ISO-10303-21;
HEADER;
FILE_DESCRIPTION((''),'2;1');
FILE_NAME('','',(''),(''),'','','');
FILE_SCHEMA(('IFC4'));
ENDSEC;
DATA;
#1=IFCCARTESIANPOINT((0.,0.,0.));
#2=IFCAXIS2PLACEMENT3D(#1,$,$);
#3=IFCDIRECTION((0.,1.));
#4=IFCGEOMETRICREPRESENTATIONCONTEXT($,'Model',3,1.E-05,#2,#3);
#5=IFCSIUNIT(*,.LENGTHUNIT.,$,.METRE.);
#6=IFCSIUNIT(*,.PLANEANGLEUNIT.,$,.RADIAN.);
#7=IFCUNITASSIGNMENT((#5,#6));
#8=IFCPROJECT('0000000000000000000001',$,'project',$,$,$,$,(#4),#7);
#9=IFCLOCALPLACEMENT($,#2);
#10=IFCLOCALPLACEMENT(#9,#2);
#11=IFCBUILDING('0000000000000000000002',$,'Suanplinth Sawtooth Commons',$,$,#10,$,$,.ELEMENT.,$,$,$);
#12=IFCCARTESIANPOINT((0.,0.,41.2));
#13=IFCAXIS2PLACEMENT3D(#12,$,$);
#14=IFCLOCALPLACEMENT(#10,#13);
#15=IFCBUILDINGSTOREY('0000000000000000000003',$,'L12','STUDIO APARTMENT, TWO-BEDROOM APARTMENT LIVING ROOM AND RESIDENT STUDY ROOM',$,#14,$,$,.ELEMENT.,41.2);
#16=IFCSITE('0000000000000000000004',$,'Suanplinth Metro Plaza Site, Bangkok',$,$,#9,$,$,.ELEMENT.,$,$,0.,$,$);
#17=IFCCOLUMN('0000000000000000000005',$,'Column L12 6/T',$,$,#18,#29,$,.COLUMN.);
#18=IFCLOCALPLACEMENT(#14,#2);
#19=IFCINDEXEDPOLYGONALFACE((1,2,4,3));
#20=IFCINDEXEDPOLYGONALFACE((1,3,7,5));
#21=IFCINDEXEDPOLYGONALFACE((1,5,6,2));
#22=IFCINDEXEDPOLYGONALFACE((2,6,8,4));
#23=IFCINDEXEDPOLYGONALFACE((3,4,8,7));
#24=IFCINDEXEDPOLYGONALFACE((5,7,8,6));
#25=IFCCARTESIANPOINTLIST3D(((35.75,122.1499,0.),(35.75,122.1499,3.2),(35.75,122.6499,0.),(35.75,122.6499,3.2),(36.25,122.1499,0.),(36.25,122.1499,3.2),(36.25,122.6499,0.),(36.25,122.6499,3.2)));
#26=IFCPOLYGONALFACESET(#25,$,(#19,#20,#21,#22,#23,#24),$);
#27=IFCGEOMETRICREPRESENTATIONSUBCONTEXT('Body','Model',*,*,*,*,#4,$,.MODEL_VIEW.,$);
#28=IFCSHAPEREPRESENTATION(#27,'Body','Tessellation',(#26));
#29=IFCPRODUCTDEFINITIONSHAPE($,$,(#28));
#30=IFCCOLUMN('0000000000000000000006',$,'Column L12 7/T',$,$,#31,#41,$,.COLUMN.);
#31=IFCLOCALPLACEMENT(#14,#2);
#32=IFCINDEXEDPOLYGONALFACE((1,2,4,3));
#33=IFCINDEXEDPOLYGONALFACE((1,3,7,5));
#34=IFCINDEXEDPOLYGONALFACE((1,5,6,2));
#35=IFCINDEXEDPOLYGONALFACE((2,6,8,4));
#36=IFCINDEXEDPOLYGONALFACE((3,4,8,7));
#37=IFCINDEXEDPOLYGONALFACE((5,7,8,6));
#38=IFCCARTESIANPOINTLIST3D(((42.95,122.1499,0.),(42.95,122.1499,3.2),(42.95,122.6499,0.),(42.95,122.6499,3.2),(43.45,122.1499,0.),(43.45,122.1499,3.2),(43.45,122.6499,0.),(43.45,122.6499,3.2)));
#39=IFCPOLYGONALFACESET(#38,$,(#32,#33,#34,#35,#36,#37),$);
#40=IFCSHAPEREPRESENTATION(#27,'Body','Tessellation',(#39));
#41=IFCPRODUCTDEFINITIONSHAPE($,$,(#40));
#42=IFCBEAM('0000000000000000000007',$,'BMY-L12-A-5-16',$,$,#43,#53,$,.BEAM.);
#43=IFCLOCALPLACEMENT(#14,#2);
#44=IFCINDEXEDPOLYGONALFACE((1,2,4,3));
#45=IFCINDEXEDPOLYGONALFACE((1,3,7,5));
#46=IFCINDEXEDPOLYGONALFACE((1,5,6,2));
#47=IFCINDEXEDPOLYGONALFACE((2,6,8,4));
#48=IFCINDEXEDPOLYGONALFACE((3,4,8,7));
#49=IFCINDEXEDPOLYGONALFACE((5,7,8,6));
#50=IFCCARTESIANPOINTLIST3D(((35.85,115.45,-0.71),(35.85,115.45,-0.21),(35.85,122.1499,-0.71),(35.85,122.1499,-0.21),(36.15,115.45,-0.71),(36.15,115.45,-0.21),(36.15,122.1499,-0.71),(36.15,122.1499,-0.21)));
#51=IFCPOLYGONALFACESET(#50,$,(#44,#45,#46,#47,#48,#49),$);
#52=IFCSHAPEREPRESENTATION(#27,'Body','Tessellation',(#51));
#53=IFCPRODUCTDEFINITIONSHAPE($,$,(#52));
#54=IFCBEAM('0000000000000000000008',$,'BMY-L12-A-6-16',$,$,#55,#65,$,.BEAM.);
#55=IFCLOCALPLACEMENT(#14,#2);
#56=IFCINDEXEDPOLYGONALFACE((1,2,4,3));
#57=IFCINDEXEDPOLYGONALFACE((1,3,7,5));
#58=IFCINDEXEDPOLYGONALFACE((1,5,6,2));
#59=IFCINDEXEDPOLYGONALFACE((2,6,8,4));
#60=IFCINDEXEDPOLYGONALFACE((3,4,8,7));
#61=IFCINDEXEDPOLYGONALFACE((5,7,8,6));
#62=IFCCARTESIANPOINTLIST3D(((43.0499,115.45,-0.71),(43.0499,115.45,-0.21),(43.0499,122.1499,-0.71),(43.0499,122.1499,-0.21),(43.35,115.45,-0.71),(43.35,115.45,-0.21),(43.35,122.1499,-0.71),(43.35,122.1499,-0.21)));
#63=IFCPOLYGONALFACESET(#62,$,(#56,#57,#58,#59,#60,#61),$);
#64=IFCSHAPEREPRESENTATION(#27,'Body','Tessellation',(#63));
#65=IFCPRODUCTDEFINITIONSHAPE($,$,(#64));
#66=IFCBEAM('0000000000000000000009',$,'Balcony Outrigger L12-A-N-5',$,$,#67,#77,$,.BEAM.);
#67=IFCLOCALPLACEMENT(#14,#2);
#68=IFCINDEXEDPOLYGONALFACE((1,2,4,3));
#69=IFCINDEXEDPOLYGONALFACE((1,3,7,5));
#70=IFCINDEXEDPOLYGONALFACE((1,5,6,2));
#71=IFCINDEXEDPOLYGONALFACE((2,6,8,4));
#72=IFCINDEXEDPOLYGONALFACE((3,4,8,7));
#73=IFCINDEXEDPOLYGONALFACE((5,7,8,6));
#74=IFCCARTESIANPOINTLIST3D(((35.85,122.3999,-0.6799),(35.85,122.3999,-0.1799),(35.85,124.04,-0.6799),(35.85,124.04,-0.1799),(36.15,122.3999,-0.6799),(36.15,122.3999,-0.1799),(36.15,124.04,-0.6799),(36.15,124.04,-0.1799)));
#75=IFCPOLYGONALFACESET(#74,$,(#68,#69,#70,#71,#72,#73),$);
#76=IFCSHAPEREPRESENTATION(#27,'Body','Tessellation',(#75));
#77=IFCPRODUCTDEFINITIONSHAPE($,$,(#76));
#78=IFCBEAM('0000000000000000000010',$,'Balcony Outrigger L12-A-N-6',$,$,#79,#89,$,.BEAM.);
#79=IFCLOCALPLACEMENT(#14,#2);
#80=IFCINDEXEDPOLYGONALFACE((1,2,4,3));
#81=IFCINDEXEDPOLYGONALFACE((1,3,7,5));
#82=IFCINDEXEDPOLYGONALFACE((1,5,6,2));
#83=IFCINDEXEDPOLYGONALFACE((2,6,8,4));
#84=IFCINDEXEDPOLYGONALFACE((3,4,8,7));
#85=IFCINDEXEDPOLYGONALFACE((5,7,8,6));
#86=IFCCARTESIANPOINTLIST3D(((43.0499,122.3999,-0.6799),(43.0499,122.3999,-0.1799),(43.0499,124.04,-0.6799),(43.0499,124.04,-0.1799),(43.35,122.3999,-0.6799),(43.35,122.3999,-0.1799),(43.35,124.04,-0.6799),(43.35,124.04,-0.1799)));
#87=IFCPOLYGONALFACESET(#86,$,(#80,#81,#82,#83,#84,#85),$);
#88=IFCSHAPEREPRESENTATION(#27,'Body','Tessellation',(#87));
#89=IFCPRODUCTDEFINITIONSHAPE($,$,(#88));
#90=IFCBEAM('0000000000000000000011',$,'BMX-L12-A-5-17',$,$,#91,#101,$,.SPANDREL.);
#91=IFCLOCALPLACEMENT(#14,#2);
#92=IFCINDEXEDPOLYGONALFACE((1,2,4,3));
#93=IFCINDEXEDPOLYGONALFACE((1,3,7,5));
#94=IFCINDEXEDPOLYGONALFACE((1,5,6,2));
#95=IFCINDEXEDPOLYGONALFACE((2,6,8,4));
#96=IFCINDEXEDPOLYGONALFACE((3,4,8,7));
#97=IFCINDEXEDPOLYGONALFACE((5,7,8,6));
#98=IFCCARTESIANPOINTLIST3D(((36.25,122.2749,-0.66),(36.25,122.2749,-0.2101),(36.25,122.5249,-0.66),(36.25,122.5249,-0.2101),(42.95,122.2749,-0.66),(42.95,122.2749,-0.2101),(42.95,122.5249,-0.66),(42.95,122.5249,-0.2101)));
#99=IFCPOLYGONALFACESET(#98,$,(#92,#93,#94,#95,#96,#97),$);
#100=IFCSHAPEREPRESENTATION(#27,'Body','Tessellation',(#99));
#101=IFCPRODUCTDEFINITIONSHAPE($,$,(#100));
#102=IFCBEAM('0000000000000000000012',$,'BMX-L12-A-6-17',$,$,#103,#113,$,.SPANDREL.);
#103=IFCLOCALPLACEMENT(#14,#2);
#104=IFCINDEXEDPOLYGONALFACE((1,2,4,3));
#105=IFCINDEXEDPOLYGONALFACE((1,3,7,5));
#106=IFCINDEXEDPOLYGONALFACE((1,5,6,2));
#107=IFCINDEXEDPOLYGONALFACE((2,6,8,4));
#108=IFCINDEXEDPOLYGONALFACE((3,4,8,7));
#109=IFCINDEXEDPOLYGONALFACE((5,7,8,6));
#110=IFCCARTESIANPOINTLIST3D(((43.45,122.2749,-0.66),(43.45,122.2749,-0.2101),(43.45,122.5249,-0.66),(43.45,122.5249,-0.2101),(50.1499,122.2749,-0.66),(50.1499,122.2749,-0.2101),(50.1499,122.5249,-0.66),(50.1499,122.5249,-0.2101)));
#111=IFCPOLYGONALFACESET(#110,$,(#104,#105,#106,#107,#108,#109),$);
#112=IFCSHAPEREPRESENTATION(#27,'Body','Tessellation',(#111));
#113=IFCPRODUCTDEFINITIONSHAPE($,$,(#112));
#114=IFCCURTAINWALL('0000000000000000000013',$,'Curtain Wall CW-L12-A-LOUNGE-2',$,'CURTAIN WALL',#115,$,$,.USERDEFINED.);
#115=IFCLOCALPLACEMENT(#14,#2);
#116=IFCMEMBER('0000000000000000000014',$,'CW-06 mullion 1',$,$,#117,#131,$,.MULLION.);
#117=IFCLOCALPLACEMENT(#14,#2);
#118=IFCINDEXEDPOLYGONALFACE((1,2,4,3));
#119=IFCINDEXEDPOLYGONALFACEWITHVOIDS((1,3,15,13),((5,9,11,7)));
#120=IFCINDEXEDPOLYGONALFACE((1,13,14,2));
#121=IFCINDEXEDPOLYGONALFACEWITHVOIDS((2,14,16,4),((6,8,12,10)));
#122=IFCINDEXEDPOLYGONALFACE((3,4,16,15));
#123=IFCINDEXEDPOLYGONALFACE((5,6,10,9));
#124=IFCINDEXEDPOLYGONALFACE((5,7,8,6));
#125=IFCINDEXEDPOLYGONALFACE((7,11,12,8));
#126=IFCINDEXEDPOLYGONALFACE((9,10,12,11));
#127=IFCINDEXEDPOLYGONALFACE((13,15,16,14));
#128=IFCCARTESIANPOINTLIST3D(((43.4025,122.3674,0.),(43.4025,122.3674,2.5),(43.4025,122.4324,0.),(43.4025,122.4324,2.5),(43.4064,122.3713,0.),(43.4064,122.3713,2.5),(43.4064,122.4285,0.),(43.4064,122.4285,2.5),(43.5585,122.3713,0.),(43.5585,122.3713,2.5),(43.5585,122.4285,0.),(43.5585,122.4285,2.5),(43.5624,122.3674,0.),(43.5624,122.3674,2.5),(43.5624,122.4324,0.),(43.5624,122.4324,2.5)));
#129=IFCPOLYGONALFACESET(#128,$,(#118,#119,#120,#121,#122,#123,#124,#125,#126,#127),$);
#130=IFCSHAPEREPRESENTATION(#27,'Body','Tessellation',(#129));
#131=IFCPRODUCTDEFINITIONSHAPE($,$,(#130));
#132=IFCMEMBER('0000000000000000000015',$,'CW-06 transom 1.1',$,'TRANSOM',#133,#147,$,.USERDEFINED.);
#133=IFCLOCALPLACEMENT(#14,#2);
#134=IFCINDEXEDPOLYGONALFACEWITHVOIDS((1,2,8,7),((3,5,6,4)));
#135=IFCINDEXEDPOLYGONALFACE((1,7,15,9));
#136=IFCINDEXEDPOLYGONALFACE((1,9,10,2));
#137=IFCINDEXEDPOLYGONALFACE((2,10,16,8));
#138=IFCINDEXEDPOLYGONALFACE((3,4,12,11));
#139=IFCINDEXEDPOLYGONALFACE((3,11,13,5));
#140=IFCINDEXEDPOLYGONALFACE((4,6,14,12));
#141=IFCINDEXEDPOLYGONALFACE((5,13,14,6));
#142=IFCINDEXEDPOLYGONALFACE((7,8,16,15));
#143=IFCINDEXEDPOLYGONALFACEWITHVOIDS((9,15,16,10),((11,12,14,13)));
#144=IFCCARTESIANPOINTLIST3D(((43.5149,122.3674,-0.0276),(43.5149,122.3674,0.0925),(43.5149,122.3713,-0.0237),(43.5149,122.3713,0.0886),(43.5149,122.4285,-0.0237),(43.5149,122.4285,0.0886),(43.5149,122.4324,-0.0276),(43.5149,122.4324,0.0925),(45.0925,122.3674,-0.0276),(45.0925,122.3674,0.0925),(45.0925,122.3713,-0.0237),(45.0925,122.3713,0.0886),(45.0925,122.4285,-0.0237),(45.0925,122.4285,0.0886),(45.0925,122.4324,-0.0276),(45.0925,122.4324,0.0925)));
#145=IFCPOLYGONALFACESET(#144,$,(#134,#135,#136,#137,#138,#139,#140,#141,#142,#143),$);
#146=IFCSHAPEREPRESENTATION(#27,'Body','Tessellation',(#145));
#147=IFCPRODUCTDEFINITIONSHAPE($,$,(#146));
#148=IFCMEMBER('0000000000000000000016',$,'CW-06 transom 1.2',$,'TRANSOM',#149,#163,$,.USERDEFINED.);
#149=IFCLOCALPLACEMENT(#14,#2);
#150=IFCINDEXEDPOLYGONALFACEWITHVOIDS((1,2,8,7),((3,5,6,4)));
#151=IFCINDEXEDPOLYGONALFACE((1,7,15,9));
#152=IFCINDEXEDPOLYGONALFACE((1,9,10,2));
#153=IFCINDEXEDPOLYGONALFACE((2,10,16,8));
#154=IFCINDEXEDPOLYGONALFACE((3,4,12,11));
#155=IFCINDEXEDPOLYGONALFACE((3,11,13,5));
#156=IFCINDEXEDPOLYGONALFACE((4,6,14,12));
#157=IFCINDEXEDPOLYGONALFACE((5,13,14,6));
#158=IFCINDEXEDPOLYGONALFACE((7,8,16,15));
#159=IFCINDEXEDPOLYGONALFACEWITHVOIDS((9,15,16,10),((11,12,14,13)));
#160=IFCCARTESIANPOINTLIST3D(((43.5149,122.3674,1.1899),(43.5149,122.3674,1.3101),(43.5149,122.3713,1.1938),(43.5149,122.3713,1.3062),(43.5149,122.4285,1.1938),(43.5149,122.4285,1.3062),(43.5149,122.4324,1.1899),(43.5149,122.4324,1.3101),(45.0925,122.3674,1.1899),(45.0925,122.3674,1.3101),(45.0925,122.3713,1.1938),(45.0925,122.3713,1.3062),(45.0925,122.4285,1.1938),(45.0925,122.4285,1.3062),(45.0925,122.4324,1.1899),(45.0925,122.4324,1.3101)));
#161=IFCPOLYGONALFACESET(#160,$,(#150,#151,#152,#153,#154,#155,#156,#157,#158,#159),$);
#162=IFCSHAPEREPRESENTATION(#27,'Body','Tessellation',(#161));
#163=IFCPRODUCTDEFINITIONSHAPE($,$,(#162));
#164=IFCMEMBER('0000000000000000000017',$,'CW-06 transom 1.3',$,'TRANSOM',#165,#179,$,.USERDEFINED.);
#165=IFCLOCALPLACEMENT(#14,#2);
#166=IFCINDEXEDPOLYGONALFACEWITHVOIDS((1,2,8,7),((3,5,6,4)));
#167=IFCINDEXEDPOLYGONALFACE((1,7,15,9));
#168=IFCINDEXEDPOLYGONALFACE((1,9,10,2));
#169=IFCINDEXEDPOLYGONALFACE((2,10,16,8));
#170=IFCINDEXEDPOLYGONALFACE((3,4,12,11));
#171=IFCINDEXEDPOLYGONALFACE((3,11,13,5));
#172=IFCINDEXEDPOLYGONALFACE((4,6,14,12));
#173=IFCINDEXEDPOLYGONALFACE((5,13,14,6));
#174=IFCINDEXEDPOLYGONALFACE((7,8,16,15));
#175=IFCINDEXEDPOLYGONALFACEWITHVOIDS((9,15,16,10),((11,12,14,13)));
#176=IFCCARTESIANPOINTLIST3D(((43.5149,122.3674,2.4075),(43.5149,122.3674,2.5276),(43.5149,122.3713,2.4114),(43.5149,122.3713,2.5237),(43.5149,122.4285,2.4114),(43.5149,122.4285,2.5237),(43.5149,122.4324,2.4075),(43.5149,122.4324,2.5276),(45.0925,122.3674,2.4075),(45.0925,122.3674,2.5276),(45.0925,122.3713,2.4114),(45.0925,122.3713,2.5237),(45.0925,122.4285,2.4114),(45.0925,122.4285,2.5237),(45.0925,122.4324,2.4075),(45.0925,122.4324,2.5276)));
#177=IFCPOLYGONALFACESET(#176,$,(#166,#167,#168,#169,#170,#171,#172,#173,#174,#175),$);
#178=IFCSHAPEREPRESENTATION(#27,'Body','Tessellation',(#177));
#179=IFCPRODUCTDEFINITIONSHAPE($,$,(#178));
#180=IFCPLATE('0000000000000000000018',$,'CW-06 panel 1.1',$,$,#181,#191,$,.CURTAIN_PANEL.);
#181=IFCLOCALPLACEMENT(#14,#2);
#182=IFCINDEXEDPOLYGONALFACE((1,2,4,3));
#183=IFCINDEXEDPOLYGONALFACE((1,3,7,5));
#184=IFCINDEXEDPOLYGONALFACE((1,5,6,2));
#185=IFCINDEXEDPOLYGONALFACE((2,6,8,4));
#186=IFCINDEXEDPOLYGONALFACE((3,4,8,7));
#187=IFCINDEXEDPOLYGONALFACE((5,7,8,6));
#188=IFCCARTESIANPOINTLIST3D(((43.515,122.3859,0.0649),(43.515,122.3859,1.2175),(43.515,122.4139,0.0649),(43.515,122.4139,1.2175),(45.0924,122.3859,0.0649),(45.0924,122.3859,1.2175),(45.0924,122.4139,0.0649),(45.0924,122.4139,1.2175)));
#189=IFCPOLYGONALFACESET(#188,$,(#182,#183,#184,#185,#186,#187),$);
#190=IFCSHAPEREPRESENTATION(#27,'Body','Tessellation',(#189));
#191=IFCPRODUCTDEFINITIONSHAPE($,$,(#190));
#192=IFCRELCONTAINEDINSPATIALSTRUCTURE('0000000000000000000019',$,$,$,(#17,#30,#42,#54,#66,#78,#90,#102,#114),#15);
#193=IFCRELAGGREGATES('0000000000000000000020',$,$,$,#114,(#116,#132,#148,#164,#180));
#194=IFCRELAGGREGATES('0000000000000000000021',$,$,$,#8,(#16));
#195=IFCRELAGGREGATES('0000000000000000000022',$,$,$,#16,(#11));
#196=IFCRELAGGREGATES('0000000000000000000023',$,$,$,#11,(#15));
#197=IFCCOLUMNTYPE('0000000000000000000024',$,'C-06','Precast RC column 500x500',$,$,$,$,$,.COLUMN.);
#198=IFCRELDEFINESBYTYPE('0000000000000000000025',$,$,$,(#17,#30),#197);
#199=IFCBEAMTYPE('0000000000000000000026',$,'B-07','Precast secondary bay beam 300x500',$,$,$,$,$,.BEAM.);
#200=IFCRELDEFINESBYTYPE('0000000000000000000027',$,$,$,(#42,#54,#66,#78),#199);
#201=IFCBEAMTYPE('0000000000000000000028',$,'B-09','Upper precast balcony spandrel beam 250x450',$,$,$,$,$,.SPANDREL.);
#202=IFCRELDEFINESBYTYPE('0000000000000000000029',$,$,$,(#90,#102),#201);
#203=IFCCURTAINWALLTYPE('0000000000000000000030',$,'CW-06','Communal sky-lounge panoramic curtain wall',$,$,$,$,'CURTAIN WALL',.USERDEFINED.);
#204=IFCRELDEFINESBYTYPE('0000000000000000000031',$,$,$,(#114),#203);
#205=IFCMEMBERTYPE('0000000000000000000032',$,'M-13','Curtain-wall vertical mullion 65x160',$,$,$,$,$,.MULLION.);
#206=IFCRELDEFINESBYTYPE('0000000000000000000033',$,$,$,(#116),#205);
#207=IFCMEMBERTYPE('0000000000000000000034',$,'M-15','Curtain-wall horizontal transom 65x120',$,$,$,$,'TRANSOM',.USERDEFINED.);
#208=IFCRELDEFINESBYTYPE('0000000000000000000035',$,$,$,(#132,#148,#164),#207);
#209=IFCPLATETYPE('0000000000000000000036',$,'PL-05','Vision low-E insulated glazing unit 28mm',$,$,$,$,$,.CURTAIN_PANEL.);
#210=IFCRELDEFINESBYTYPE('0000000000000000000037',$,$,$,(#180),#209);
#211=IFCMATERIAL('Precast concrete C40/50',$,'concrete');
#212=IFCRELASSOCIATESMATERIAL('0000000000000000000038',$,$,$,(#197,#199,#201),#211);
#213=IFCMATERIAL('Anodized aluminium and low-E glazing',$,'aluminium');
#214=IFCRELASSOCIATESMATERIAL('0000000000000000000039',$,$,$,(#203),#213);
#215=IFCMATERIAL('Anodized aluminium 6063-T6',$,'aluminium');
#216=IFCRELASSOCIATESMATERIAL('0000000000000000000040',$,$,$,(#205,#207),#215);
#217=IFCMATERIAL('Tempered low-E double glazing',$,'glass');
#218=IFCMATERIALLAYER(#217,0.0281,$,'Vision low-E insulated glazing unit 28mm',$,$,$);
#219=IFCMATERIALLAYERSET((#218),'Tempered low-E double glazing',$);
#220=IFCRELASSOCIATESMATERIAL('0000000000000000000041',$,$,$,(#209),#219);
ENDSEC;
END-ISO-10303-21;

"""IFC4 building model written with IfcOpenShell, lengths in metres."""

from ifc_helpers import new_model, si_unit, direction, frame, origin, origin_2d, place, context, subcontext, project, spatial, rectangle, hollow_rectangle, extrude, material, layer, layer_set, material_profile, profile_set, type_object, element, aggregate, save


model = new_model("IFC4")

# Units and contexts
model_context = context("Model", 3, precision=1e-05, world=origin(), true_north=direction((0.0, 1.0)))
body_context = subcontext(model_context, "Body", "Model", "MODEL_VIEW")
ifc_project = project(units=[si_unit("LENGTHUNIT", "METRE"), si_unit("PLANEANGLEUNIT", "RADIAN")], contexts=[model_context])

# Site, building, storey
site_placement = place(None, origin())
site = spatial("IfcSite", under=ifc_project, at=site_placement, Name="Suanplinth Metro Plaza Site, Bangkok", CompositionType="ELEMENT", RefElevation=0.0)
building_placement = place(site_placement, origin())
building = spatial("IfcBuilding", under=site, at=building_placement, Name="Suanplinth Sawtooth Commons", CompositionType="ELEMENT")
storey_placement = place(building_placement, frame((0.0, 0.0, 41.2)))
storey = spatial("IfcBuildingStorey", under=building, at=storey_placement, Name="L12", Description="STUDIO APARTMENT, TWO-BEDROOM APARTMENT LIVING ROOM AND RESIDENT STUDY ROOM", CompositionType="ELEMENT", Elevation=41.2)

# Columns
ifc_material_1 = material(Name="Precast concrete C40/50", Category="concrete")
ifc_material_profile_1 = material_profile(ifc_material_1, rectangle(XDim=0.5, YDim=0.5, at=origin_2d()), Name="PC-COL 500x500")
ifc_profile_set_1 = profile_set([ifc_material_profile_1], Name="Precast concrete C40/50")
column_type = type_object("IfcColumnType", Name="C-06", Description="Precast RC column 500x500", PredefinedType="COLUMN", material=ifc_profile_set_1)
for number, where, z_axis, x_axis, name in (
    (1, (36.0, 122.3999, 0.0), (0.0, 0.0, 1.0), (1.0, 0.0, 0.0), "Column L12 6/T"),
    (2, (43.2, 122.3999, 0.0), (0.0, 0.0, 1.0), (1.0, 0.0, 0.0), "Column L12 7/T"),
):
    element("IfcColumn", number, at=place(storey_placement, frame(where, z_axis=z_axis, x_axis=x_axis)), inside=storey, type_object=column_type, Name=name, PredefinedType="COLUMN", context=body_context, shape_type="SweptSolid", body=[
        extrude(rectangle(XDim=0.5, YDim=0.5, at=origin_2d()), origin(), (0.0, 0.0, 1.0), 3.2),
    ])

# Beams
ifc_material_profile_2 = material_profile(ifc_material_1, rectangle(XDim=0.3, YDim=0.5, at=origin_2d()), Name="PC-BM 300x500")
ifc_profile_set_2 = profile_set([ifc_material_profile_2], Name="Precast concrete C40/50")
beam_type_1 = type_object("IfcBeamType", Name="B-07", Description="Precast secondary bay beam 300x500", PredefinedType="BEAM", material=ifc_profile_set_2)
for number, where, z_axis, x_axis, name in (
    (3, (36.0, 115.45, -0.46), (0.0, 1.0, 0.0), (-1.0, 0.0, 0.0), "BMY-L12-A-5-16"),
    (4, (43.2, 115.45, -0.46), (0.0, 1.0, 0.0), (-1.0, 0.0, 0.0), "BMY-L12-A-6-16"),
):
    element("IfcBeam", number, at=place(storey_placement, frame(where, z_axis=z_axis, x_axis=x_axis)), inside=storey, type_object=beam_type_1, Name=name, PredefinedType="BEAM", context=body_context, shape_type="SweptSolid", body=[
        extrude(rectangle(XDim=0.3, YDim=0.5, at=origin_2d()), origin(), (0.0, 0.0, 1.0), 6.7),
    ])
for number, where, z_axis, x_axis, name in (
    (5, (36.0, 122.3999, -0.4299), (0.0, 1.0, 0.0), (-1.0, 0.0, 0.0), "Balcony Outrigger L12-A-N-5"),
    (6, (43.2, 122.3999, -0.4299), (0.0, 1.0, 0.0), (-1.0, 0.0, 0.0), "Balcony Outrigger L12-A-N-6"),
):
    element("IfcBeam", number, at=place(storey_placement, frame(where, z_axis=z_axis, x_axis=x_axis)), inside=storey, type_object=beam_type_1, Name=name, PredefinedType="BEAM", context=body_context, shape_type="SweptSolid", body=[
        extrude(rectangle(XDim=0.3, YDim=0.5, at=origin_2d()), origin(), (0.0, 0.0, 1.0), 1.6401),
    ])
ifc_material_profile_3 = material_profile(ifc_material_1, rectangle(XDim=0.25, YDim=0.45, at=origin_2d()), Name="PC-SP 250x450")
ifc_profile_set_3 = profile_set([ifc_material_profile_3], Name="Precast concrete C40/50")
beam_type_2 = type_object("IfcBeamType", Name="B-09", Description="Upper precast balcony spandrel beam 250x450", PredefinedType="SPANDREL", material=ifc_profile_set_3)
for number, where, z_axis, x_axis, name in (
    (7, (36.25, 122.3999, -0.4351), (1.0, 0.0, 0.0), (0.0, 1.0, 0.0), "BMX-L12-A-5-17"),
    (8, (43.45, 122.3999, -0.4351), (1.0, 0.0, 0.0), (0.0, 1.0, 0.0), "BMX-L12-A-6-17"),
):
    element("IfcBeam", number, at=place(storey_placement, frame(where, z_axis=z_axis, x_axis=x_axis)), inside=storey, type_object=beam_type_2, Name=name, PredefinedType="SPANDREL", context=body_context, shape_type="SweptSolid", body=[
        extrude(rectangle(XDim=0.25, YDim=0.45, at=origin_2d()), origin(), (0.0, 0.0, 1.0), 6.7),
    ])

# Curtain wall, members, plate
ifc_material_2 = material(Name="Anodized aluminium and low-E glazing", Category="aluminium")
curtain_wall_type = type_object("IfcCurtainWallType", Name="CW-06", Description="Communal sky-lounge panoramic curtain wall", ElementType="CURTAIN WALL", PredefinedType="USERDEFINED", material=ifc_material_2)
curtain_wall_placement = place(storey_placement, origin())
curtain_wall = element("IfcCurtainWall", 9, at=curtain_wall_placement, inside=storey, type_object=curtain_wall_type, Name="Curtain Wall CW-L12-A-LOUNGE-2", ObjectType="CURTAIN WALL", PredefinedType="USERDEFINED")
ifc_material_3 = material(Name="Anodized aluminium 6063-T6", Category="aluminium")
ifc_material_profile_4 = material_profile(ifc_material_3, hollow_rectangle(XDim=0.0649, YDim=0.1599, WallThickness=0.0039, at=origin_2d()), Name="ALU-MUL 65x160")
ifc_profile_set_4 = profile_set([ifc_material_profile_4], Name="Anodized aluminium 6063-T6")
member_type_1 = type_object("IfcMemberType", Name="M-13", Description="Curtain-wall vertical mullion 65x160", PredefinedType="MULLION", material=ifc_profile_set_4)
member_1_placement = place(storey_placement, frame((43.4824, 122.3999, 0.0), z_axis=(0.0, 0.0, 1.0), x_axis=(0.0, 1.0, 0.0)))
member_1 = element("IfcMember", 10, at=member_1_placement, type_object=member_type_1, Name="CW-06 mullion 1", PredefinedType="MULLION", context=body_context, shape_type="SweptSolid", body=[
    extrude(hollow_rectangle(XDim=0.0649, YDim=0.1599, WallThickness=0.0039, at=origin_2d()), origin(), (0.0, 0.0, 1.0), 2.5),
])
ifc_material_profile_5 = material_profile(ifc_material_3, hollow_rectangle(XDim=0.0649, YDim=0.1201, WallThickness=0.0039, at=origin_2d()), Name="ALU-TRN 65x120")
ifc_profile_set_5 = profile_set([ifc_material_profile_5], Name="Anodized aluminium 6063-T6")
member_type_2 = type_object("IfcMemberType", Name="M-15", Description="Curtain-wall horizontal transom 65x120", ElementType="TRANSOM", PredefinedType="USERDEFINED", material=ifc_profile_set_5)
member_2_placement = place(storey_placement, frame((43.5149, 122.3999, 0.0325), z_axis=(1.0, 0.0, 0.0), x_axis=(0.0, 1.0, 0.0)))
member_2 = element("IfcMember", 11, at=member_2_placement, type_object=member_type_2, Name="CW-06 transom 1.1", ObjectType="TRANSOM", PredefinedType="USERDEFINED", context=body_context, shape_type="SweptSolid", body=[
    extrude(hollow_rectangle(XDim=0.0649, YDim=0.1201, WallThickness=0.0039, at=origin_2d()), origin(), (0.0, 0.0, 1.0), 1.5776),
])
member_3_placement = place(storey_placement, frame((43.5149, 122.3999, 1.25), z_axis=(1.0, 0.0, 0.0), x_axis=(0.0, 1.0, 0.0)))
member_3 = element("IfcMember", 12, at=member_3_placement, type_object=member_type_2, Name="CW-06 transom 1.2", ObjectType="TRANSOM", PredefinedType="USERDEFINED", context=body_context, shape_type="SweptSolid", body=[
    extrude(hollow_rectangle(XDim=0.0649, YDim=0.1201, WallThickness=0.0039, at=origin_2d()), origin(), (0.0, 0.0, 1.0), 1.5776),
])
member_4_placement = place(storey_placement, frame((43.5149, 122.3999, 2.4675), z_axis=(1.0, 0.0, 0.0), x_axis=(0.0, 1.0, 0.0)))
member_4 = element("IfcMember", 13, at=member_4_placement, type_object=member_type_2, Name="CW-06 transom 1.3", ObjectType="TRANSOM", PredefinedType="USERDEFINED", context=body_context, shape_type="SweptSolid", body=[
    extrude(hollow_rectangle(XDim=0.0649, YDim=0.1201, WallThickness=0.0039, at=origin_2d()), origin(), (0.0, 0.0, 1.0), 1.5776),
])
ifc_material_4 = material(Name="Tempered low-E double glazing", Category="glass")
ifc_layer_1 = layer(ifc_material_4, 0.0281, Name="Vision low-E insulated glazing unit 28mm")
ifc_layer_set_1 = layer_set([ifc_layer_1], Name="Tempered low-E double glazing")
plate_type = type_object("IfcPlateType", Name="PL-05", Description="Vision low-E insulated glazing unit 28mm", PredefinedType="CURTAIN_PANEL", material=ifc_layer_set_1)
plate_1_placement = place(storey_placement, frame((44.3037, 122.3999, 0.0649), z_axis=(0.0, 0.0, 1.0), x_axis=(1.0, 0.0, 0.0)))
plate_1 = element("IfcPlate", 14, at=plate_1_placement, type_object=plate_type, Name="CW-06 panel 1.1", PredefinedType="CURTAIN_PANEL", context=body_context, shape_type="SweptSolid", body=[
    extrude(rectangle(XDim=1.5774, YDim=0.0281, at=origin_2d()), origin(), (0.0, 0.0, 1.0), 1.1526),
])
aggregate(curtain_wall, [member_1, member_2, member_3, member_4, plate_1])

save(model, "model.ifc")
